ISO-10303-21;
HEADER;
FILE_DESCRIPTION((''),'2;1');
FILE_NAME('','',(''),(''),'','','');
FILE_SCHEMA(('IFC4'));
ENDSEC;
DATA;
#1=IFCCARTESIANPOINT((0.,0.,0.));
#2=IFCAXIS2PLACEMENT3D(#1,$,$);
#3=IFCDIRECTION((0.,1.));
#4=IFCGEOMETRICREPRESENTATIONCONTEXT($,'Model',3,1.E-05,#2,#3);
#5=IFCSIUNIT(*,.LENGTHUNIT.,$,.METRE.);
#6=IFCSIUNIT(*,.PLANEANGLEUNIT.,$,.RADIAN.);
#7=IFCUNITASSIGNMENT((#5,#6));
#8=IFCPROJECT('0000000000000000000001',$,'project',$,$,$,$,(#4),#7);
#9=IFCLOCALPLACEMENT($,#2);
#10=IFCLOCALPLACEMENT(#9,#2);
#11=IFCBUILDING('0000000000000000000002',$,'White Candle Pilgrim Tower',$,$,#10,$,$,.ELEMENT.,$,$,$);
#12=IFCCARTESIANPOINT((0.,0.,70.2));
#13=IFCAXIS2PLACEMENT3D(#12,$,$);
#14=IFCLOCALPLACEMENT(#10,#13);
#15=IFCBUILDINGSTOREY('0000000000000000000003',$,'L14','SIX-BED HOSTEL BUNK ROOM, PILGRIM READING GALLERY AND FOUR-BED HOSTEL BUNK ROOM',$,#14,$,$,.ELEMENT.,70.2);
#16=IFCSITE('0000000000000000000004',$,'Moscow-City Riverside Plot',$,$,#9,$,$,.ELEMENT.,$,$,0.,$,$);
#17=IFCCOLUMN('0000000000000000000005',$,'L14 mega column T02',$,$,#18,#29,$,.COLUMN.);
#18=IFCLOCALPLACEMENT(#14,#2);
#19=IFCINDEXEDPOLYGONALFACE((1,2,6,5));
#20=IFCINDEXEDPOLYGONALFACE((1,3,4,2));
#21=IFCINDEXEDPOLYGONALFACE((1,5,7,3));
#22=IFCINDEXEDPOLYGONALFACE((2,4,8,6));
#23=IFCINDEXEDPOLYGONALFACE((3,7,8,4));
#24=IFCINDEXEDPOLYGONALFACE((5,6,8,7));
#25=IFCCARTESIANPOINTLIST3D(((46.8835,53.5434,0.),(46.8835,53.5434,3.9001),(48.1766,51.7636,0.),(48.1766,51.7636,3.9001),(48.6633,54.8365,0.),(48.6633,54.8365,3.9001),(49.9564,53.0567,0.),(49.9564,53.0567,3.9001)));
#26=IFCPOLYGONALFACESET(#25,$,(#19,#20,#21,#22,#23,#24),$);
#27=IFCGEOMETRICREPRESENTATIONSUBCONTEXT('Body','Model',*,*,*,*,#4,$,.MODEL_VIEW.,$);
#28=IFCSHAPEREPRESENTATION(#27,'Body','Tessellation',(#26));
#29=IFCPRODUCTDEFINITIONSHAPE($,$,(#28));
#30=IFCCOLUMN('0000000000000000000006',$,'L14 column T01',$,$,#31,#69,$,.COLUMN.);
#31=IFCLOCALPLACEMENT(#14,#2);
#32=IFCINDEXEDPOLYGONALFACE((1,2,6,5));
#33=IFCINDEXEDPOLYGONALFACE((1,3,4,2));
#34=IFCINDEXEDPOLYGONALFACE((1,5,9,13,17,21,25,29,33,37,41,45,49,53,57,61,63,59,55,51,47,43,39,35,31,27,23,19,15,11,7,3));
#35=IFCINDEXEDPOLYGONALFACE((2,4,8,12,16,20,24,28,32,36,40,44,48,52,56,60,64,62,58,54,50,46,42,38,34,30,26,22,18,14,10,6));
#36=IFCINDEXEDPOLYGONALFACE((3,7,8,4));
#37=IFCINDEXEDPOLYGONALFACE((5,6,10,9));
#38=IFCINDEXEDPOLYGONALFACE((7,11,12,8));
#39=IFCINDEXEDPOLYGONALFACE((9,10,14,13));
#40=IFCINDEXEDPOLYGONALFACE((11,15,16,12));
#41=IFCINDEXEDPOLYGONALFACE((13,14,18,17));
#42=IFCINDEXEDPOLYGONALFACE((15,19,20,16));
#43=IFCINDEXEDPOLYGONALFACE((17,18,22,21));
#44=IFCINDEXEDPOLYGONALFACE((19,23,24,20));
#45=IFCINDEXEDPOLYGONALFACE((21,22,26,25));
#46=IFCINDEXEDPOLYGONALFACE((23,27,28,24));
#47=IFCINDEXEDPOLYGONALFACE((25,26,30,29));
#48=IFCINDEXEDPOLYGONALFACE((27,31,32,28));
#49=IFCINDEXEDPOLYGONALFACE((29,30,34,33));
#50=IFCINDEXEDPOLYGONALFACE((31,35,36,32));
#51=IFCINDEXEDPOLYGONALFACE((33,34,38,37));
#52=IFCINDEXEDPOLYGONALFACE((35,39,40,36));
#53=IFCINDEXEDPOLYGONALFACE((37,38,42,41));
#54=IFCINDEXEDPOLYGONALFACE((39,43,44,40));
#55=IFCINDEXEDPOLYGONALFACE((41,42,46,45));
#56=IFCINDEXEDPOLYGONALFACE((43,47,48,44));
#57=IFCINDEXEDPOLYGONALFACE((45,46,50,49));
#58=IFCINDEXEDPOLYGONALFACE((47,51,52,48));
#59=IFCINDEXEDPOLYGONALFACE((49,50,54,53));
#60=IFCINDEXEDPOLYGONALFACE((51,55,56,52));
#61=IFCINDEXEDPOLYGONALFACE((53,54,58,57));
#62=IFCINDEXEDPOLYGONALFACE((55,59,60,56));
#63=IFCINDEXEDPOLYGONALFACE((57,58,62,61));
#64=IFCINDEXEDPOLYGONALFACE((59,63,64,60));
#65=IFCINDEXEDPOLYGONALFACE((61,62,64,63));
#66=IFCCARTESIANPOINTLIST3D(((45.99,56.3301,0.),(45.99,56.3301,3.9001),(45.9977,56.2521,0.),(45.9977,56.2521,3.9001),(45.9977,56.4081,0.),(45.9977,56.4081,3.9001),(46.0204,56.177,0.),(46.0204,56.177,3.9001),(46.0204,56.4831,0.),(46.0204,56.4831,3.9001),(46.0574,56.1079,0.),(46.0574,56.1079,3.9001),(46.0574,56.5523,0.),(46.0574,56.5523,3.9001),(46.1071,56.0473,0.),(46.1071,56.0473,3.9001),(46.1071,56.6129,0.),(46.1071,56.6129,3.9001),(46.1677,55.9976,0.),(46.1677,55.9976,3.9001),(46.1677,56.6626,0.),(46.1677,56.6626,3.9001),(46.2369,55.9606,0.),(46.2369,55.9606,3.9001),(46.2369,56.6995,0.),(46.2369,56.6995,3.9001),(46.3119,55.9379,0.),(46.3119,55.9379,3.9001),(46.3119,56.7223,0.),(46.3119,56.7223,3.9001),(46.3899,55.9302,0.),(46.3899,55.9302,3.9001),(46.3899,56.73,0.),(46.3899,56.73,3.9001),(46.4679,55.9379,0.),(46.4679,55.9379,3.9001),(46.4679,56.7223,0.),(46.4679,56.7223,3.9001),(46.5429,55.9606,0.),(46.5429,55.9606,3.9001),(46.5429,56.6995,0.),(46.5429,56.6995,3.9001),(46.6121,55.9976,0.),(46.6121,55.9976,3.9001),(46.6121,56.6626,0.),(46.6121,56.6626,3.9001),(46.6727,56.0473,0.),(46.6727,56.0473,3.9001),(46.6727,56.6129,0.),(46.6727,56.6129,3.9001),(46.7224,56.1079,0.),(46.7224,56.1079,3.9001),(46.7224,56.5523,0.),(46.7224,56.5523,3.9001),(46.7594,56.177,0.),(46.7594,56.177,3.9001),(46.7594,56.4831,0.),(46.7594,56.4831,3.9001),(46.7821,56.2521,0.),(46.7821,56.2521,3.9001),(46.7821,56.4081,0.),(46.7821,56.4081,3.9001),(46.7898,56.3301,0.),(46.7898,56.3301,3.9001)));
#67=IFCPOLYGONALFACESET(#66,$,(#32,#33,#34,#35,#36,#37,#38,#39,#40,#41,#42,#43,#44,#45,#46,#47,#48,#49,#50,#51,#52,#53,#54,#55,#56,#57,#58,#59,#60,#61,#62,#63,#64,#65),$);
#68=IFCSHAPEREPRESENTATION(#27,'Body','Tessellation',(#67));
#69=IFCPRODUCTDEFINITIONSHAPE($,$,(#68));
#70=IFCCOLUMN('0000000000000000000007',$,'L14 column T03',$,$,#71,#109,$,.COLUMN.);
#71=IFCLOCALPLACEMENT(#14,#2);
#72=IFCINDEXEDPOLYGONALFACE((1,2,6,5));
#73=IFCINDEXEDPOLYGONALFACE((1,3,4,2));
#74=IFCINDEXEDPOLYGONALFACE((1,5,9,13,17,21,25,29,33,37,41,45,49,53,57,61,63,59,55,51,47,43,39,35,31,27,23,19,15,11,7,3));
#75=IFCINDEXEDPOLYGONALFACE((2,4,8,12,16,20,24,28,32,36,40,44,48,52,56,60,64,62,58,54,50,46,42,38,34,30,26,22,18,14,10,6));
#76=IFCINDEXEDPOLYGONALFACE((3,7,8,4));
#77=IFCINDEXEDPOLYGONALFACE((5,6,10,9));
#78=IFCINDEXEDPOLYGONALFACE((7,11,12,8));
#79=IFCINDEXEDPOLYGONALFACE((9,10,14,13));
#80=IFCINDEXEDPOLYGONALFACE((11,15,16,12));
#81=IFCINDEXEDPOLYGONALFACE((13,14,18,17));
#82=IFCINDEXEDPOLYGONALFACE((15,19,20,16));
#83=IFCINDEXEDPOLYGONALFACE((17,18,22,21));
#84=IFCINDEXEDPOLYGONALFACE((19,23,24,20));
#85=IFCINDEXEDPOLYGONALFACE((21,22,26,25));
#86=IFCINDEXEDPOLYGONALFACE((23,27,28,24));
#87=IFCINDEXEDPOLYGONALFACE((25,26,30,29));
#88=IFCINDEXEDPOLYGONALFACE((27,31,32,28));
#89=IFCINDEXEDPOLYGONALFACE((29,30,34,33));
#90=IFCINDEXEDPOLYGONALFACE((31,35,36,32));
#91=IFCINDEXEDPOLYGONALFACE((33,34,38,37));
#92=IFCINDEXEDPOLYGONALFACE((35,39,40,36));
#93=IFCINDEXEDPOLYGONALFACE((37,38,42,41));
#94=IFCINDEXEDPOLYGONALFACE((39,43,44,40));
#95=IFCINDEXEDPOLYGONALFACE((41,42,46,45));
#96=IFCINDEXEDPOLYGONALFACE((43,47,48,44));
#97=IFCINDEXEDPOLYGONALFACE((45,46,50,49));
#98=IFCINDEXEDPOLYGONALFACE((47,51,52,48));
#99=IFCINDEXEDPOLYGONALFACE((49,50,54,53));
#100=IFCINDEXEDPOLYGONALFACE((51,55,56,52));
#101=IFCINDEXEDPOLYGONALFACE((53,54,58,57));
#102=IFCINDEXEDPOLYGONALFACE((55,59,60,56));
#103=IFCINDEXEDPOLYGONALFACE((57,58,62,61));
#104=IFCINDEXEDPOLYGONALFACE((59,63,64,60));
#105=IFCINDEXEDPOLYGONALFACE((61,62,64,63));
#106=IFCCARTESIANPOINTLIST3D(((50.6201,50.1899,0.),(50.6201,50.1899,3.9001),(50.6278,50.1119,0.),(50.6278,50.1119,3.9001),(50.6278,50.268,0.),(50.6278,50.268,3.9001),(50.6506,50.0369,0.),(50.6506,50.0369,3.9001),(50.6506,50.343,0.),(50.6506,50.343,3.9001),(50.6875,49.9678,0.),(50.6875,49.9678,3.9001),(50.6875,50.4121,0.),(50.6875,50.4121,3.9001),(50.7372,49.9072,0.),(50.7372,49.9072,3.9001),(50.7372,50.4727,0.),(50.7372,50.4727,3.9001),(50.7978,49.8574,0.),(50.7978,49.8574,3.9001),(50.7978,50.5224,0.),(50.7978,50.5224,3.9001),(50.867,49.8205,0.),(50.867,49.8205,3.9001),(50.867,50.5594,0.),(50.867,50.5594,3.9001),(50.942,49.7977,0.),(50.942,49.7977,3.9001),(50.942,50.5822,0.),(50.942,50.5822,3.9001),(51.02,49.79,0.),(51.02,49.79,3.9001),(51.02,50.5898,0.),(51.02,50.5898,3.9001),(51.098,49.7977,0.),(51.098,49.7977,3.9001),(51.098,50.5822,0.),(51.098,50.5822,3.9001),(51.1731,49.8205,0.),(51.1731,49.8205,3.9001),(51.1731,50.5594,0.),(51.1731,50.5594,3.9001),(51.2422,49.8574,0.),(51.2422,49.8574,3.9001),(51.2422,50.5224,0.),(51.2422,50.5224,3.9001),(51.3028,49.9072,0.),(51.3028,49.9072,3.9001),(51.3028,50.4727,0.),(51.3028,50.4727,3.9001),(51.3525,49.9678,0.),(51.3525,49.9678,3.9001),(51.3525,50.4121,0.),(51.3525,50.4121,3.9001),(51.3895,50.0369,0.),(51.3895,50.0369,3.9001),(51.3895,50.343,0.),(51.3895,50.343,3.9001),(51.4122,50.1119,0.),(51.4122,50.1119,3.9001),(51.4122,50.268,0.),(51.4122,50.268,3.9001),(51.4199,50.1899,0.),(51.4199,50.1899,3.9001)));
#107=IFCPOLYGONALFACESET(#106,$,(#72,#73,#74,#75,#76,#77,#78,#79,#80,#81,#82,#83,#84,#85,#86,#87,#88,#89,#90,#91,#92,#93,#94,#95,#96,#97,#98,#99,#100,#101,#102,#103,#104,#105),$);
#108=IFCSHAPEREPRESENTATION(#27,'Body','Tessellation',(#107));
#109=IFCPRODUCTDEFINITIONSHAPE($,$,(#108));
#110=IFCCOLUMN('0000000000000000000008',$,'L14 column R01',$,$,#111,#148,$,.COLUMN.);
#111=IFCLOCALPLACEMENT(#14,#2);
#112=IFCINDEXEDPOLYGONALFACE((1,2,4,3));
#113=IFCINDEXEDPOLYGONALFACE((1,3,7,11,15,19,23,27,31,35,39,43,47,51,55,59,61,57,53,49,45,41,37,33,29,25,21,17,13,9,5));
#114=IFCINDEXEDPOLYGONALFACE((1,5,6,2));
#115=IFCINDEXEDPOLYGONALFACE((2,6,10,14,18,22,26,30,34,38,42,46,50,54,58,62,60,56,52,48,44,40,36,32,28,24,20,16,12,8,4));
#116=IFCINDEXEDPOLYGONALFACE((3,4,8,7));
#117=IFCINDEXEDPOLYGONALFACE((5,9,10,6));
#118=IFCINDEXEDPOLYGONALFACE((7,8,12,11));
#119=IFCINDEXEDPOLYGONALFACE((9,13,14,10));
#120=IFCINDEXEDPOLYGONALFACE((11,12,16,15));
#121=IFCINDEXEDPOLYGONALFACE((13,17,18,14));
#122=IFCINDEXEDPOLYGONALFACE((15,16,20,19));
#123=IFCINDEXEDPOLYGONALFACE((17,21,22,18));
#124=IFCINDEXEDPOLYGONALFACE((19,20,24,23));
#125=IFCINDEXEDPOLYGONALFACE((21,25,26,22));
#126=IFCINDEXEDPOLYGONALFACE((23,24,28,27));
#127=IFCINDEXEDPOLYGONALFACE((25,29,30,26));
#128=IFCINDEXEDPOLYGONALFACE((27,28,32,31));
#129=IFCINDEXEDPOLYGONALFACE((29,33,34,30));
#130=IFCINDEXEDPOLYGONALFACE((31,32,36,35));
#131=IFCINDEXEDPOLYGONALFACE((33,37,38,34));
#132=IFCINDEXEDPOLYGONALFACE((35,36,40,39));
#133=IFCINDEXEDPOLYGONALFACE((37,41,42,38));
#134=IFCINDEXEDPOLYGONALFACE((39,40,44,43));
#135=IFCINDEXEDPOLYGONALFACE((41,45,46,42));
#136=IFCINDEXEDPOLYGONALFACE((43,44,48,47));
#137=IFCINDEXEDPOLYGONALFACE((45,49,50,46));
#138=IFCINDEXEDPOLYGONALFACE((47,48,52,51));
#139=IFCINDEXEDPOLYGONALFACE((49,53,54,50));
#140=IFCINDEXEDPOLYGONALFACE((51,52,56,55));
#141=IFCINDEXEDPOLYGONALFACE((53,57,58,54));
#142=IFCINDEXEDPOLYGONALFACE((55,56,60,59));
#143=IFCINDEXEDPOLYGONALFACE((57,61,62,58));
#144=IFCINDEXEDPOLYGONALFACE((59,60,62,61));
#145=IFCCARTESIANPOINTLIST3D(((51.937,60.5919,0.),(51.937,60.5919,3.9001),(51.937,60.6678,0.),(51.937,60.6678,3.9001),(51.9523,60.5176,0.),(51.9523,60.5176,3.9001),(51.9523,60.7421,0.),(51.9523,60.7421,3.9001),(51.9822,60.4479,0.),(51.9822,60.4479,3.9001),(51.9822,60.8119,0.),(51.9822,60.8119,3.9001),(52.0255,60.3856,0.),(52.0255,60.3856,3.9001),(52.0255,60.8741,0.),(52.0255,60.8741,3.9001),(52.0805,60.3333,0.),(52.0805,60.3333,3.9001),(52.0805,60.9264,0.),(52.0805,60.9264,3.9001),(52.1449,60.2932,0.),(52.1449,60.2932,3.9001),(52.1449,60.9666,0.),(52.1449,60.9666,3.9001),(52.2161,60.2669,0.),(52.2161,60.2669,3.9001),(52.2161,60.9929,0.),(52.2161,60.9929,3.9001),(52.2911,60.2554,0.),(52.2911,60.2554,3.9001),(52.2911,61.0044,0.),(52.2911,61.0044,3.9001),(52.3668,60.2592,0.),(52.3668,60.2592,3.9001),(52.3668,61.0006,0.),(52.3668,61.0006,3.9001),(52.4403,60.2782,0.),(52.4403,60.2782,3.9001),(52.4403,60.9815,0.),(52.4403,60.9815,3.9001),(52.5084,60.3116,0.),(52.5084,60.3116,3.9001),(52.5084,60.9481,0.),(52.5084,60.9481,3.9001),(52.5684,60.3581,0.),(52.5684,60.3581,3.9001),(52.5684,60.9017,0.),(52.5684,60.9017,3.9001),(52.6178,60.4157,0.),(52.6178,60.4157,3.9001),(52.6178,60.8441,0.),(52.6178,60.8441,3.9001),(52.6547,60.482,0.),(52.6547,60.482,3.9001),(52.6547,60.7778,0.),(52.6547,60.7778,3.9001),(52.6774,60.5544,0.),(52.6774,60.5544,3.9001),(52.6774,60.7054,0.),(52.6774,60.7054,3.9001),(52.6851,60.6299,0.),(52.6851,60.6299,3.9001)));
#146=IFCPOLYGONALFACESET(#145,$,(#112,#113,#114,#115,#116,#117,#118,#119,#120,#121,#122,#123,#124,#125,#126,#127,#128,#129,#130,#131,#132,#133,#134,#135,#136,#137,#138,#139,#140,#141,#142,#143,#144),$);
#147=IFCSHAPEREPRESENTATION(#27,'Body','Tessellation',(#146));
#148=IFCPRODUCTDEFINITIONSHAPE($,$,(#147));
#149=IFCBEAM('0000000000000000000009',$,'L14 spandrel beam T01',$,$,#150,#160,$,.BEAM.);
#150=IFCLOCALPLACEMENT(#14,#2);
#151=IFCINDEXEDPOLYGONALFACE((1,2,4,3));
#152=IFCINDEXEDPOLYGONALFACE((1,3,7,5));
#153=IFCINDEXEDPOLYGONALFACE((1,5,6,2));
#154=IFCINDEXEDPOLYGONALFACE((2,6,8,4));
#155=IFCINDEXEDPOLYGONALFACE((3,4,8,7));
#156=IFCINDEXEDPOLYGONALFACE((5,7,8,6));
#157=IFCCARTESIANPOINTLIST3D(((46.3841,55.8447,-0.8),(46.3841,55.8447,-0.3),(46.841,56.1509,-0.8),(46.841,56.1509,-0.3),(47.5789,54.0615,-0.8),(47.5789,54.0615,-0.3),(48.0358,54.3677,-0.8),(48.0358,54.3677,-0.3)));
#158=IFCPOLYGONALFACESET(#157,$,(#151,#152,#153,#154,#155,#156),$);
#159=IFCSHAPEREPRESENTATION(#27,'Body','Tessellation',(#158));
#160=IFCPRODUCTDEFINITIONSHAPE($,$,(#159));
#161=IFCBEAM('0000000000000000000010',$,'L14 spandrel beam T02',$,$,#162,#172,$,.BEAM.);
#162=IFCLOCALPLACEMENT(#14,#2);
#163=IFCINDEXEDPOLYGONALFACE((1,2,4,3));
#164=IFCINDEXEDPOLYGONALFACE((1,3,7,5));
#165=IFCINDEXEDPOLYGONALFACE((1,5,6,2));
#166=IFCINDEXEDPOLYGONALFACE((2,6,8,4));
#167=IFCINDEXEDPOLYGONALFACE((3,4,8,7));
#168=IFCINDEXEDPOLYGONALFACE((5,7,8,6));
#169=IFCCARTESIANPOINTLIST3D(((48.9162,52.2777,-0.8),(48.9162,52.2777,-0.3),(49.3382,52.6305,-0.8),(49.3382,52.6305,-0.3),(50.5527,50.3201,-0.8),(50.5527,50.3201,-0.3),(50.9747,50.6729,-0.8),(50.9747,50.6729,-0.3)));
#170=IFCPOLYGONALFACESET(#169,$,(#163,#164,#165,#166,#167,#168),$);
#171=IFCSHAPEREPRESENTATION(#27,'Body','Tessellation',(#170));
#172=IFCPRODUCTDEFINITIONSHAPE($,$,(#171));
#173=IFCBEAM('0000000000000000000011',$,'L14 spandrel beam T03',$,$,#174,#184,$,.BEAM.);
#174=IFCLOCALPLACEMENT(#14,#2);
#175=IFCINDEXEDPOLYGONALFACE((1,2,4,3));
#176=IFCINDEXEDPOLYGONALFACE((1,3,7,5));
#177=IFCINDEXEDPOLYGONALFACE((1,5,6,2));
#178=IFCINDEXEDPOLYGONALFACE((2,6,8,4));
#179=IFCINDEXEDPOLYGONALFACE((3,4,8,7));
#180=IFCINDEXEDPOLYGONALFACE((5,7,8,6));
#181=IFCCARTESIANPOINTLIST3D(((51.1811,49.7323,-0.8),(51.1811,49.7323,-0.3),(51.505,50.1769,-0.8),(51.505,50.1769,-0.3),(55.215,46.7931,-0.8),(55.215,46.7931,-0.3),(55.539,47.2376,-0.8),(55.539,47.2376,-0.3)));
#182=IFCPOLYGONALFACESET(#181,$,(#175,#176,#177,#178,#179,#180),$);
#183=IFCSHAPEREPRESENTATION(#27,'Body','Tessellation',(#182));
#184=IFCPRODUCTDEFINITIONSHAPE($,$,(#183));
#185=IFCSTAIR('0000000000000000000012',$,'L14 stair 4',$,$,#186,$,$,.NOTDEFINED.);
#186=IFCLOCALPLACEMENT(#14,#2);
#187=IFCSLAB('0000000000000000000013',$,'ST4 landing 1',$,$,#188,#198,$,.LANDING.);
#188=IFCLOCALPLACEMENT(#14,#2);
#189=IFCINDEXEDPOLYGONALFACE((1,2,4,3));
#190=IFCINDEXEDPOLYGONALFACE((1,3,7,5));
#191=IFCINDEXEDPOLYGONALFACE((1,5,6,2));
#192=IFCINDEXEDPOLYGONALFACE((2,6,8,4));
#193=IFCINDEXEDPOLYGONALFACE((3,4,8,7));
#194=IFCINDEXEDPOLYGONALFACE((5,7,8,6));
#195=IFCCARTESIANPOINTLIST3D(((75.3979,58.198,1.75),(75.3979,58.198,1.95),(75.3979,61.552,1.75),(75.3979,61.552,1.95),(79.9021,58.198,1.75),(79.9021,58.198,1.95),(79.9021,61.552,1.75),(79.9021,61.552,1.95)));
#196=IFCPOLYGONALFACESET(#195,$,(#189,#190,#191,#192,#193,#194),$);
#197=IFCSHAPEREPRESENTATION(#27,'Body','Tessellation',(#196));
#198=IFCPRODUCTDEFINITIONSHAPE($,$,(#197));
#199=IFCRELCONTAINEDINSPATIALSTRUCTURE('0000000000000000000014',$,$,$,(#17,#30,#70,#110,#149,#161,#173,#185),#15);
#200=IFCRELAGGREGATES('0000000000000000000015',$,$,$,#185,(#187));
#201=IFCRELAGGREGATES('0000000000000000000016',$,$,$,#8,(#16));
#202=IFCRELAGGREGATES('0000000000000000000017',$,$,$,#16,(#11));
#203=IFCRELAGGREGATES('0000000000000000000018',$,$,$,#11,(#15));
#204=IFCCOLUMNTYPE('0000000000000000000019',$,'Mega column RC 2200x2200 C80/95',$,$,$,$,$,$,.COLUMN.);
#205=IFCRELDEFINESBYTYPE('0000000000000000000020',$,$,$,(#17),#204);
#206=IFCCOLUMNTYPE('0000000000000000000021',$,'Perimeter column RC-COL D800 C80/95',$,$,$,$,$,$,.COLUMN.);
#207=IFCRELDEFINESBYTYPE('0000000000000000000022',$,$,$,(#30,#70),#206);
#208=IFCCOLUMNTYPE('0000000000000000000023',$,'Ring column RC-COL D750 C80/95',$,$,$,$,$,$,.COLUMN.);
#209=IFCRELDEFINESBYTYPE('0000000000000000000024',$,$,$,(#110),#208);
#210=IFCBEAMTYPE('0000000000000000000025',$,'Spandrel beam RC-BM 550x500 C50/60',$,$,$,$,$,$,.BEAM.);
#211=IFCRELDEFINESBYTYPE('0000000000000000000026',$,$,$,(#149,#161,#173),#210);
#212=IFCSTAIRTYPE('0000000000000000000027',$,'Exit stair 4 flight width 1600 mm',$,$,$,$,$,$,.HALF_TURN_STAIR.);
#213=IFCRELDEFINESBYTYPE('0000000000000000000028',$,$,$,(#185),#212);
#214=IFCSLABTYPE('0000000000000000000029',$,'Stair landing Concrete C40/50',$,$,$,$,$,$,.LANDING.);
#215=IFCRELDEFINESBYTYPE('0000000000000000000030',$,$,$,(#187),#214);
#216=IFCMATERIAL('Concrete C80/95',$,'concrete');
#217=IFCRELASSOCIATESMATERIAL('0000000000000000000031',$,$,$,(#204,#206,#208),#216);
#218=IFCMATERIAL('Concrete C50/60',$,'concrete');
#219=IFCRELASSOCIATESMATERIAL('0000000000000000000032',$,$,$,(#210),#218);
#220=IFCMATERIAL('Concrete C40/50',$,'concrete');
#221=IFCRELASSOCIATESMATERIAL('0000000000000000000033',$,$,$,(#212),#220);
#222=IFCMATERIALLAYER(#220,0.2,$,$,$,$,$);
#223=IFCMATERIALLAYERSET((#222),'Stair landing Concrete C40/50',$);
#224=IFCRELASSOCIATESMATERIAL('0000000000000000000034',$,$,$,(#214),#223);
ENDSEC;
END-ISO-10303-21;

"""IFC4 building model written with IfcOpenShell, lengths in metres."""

from ifc_helpers import new_model, si_unit, direction, frame, origin, origin_2d, place, context, subcontext, project, spatial, polyline, rectangle, circle, outline, extrude, material, layer, layer_set, material_profile, profile_set, type_object, element, aggregate, save


model = new_model("IFC4")

# Units and contexts
model_context = context("Model", 3, precision=1e-05, world=origin(), true_north=direction((0.0, 1.0)))
body_context = subcontext(model_context, "Body", "Model", "MODEL_VIEW")
ifc_project = project(units=[si_unit("LENGTHUNIT", "METRE"), si_unit("PLANEANGLEUNIT", "RADIAN")], contexts=[model_context])

# Site, building, storey
site_placement = place(None, origin())
site = spatial("IfcSite", under=ifc_project, at=site_placement, Name="Moscow-City Riverside Plot", CompositionType="ELEMENT", RefElevation=0.0)
building_placement = place(site_placement, origin())
building = spatial("IfcBuilding", under=site, at=building_placement, Name="White Candle Pilgrim Tower", CompositionType="ELEMENT")
storey_placement = place(building_placement, frame((0.0, 0.0, 70.2)))
storey = spatial("IfcBuildingStorey", under=building, at=storey_placement, Name="L14", Description="SIX-BED HOSTEL BUNK ROOM, PILGRIM READING GALLERY AND FOUR-BED HOSTEL BUNK ROOM", CompositionType="ELEMENT", Elevation=70.2)

# Columns
ifc_material_1 = material(Name="Concrete C80/95", Category="concrete")
ifc_material_profile_1 = material_profile(ifc_material_1, rectangle(XDim=2.2, YDim=2.2, at=origin_2d()), Name="RC 2200x2200")
ifc_profile_set_1 = profile_set([ifc_material_profile_1], Name="Concrete C80/95")
column_type_1 = type_object("IfcColumnType", Name="Mega column RC 2200x2200 C80/95", PredefinedType="COLUMN", material=ifc_profile_set_1)
column_1_placement = place(storey_placement, frame((48.4199, 53.3, 0.0), z_axis=(0.0, 0.0, 1.0), x_axis=(-0.809017, -0.587785, 0.0)))
element("IfcColumn", 1, at=column_1_placement, inside=storey, type_object=column_type_1, Name="L14 mega column T02", PredefinedType="COLUMN", context=body_context, shape_type="SweptSolid", body=[
    extrude(rectangle(XDim=2.2, YDim=2.2, at=origin_2d()), origin(), (0.0, 0.0, 1.0), 3.9001),
])
ifc_material_profile_2 = material_profile(ifc_material_1, circle(Radius=0.3999, at=origin_2d()), Name="RC-COL D800")
ifc_profile_set_2 = profile_set([ifc_material_profile_2], Name="Concrete C80/95")
column_type_2 = type_object("IfcColumnType", Name="Perimeter column RC-COL D800 C80/95", PredefinedType="COLUMN", material=ifc_profile_set_2)
for number, where, z_axis, x_axis, name in (
    (2, (46.3899, 56.3301, 0.0), (0.0, 0.0, 1.0), (1.0, 0.0, 0.0), "L14 column T01"),
    (3, (51.02, 50.1899, 0.0), (0.0, 0.0, 1.0), (1.0, 0.0, 0.0), "L14 column T03"),
):
    element("IfcColumn", number, at=place(storey_placement, frame(where, z_axis=z_axis, x_axis=x_axis)), inside=storey, type_object=column_type_2, Name=name, PredefinedType="COLUMN", context=body_context, shape_type="SweptSolid", body=[
        extrude(circle(Radius=0.3999, at=origin_2d()), origin(), (0.0, 0.0, 1.0), 3.9001),
    ])
ifc_material_profile_3 = material_profile(ifc_material_1, circle(Radius=0.375, at=origin_2d()), Name="RC-COL D750")
ifc_profile_set_3 = profile_set([ifc_material_profile_3], Name="Concrete C80/95")
column_type_3 = type_object("IfcColumnType", Name="Ring column RC-COL D750 C80/95", PredefinedType="COLUMN", material=ifc_profile_set_3)
column_2_placement = place(storey_placement, frame((52.3101, 60.6299, 0.0), z_axis=(0.0, 0.0, 1.0), x_axis=(1.0, 0.0, 0.0)))
element("IfcColumn", 4, at=column_2_placement, inside=storey, type_object=column_type_3, Name="L14 column R01", PredefinedType="COLUMN", context=body_context, shape_type="SweptSolid", body=[
    extrude(circle(Radius=0.375, at=origin_2d()), origin(), (0.0, 0.0, 1.0), 3.9001),
])

# Beams
ifc_material_2 = material(Name="Concrete C50/60", Category="concrete")
ifc_material_profile_4 = material_profile(ifc_material_2, rectangle(XDim=0.55, YDim=0.5, at=origin_2d()), Name="RC-BM 550x500")
ifc_profile_set_4 = profile_set([ifc_material_profile_4], Name="Concrete C50/60")
beam_type = type_object("IfcBeamType", Name="Spandrel beam RC-BM 550x500 C50/60", PredefinedType="BEAM", material=ifc_profile_set_4)
beam_1_placement = place(storey_placement, frame((46.6125, 55.9978, -0.55), z_axis=(0.556641, -0.830753, 0.0), x_axis=(0.830753, 0.556641, 0.0)))
element("IfcBeam", 5, at=beam_1_placement, inside=storey, type_object=beam_type, Name="L14 spandrel beam T01", PredefinedType="BEAM", context=body_context, shape_type="SweptSolid", body=[
    extrude(rectangle(XDim=0.55, YDim=0.5, at=origin_2d()), origin(), (0.0, 0.0, 1.0), 2.1465),
])
beam_2_placement = place(storey_placement, frame((49.1272, 52.4541, -0.55), z_axis=(0.641388, -0.767216, 0.0), x_axis=(0.767216, 0.641388, 0.0)))
element("IfcBeam", 6, at=beam_2_placement, inside=storey, type_object=beam_type, Name="L14 spandrel beam T02", PredefinedType="BEAM", context=body_context, shape_type="SweptSolid", body=[
    extrude(rectangle(XDim=0.55, YDim=0.5, at=origin_2d()), origin(), (0.0, 0.0, 1.0), 2.5515),
])
beam_3_placement = place(storey_placement, frame((51.343, 49.9546, -0.55), z_axis=(0.808218, -0.588884, 0.0), x_axis=(0.588884, 0.808218, 0.0)))
element("IfcBeam", 7, at=beam_3_placement, inside=storey, type_object=beam_type, Name="L14 spandrel beam T03", PredefinedType="BEAM", context=body_context, shape_type="SweptSolid", body=[
    extrude(rectangle(XDim=0.55, YDim=0.5, at=origin_2d()), origin(), (0.0, 0.0, 1.0), 4.9912),
])

# Stair, slab
ifc_material_3 = material(Name="Concrete C40/50", Category="concrete")
stair_type_1 = type_object("IfcStairType", Name="Exit stair 4 flight width 1600 mm", PredefinedType="HALF_TURN_STAIR", material=ifc_material_3)
stair_1_placement = place(storey_placement, origin())
stair_1 = element("IfcStair", 8, at=stair_1_placement, inside=storey, type_object=stair_type_1, Name="L14 stair 4", PredefinedType="NOTDEFINED")
ifc_layer_1 = layer(ifc_material_3, 0.2)
ifc_layer_set_1 = layer_set([ifc_layer_1], Name="Stair landing Concrete C40/50")
slab_type = type_object("IfcSlabType", Name="Stair landing Concrete C40/50", PredefinedType="LANDING", material=ifc_layer_set_1)
slab_1_placement = place(storey_placement, frame((0.0, 0.0, 1.75)))
slab_1 = element("IfcSlab", 9, at=slab_1_placement, type_object=slab_type, Name="ST4 landing 1", PredefinedType="LANDING", context=body_context, shape_type="SweptSolid", body=[
    extrude(outline(polyline([(79.9021, 61.552), (79.9021, 58.198), (75.3979, 58.198), (75.3979, 61.552), (79.9021, 61.552)])), origin(), (0.0, 0.0, 1.0), 0.2),
])
aggregate(stair_1, [slab_1])

save(model, "model.ifc")
